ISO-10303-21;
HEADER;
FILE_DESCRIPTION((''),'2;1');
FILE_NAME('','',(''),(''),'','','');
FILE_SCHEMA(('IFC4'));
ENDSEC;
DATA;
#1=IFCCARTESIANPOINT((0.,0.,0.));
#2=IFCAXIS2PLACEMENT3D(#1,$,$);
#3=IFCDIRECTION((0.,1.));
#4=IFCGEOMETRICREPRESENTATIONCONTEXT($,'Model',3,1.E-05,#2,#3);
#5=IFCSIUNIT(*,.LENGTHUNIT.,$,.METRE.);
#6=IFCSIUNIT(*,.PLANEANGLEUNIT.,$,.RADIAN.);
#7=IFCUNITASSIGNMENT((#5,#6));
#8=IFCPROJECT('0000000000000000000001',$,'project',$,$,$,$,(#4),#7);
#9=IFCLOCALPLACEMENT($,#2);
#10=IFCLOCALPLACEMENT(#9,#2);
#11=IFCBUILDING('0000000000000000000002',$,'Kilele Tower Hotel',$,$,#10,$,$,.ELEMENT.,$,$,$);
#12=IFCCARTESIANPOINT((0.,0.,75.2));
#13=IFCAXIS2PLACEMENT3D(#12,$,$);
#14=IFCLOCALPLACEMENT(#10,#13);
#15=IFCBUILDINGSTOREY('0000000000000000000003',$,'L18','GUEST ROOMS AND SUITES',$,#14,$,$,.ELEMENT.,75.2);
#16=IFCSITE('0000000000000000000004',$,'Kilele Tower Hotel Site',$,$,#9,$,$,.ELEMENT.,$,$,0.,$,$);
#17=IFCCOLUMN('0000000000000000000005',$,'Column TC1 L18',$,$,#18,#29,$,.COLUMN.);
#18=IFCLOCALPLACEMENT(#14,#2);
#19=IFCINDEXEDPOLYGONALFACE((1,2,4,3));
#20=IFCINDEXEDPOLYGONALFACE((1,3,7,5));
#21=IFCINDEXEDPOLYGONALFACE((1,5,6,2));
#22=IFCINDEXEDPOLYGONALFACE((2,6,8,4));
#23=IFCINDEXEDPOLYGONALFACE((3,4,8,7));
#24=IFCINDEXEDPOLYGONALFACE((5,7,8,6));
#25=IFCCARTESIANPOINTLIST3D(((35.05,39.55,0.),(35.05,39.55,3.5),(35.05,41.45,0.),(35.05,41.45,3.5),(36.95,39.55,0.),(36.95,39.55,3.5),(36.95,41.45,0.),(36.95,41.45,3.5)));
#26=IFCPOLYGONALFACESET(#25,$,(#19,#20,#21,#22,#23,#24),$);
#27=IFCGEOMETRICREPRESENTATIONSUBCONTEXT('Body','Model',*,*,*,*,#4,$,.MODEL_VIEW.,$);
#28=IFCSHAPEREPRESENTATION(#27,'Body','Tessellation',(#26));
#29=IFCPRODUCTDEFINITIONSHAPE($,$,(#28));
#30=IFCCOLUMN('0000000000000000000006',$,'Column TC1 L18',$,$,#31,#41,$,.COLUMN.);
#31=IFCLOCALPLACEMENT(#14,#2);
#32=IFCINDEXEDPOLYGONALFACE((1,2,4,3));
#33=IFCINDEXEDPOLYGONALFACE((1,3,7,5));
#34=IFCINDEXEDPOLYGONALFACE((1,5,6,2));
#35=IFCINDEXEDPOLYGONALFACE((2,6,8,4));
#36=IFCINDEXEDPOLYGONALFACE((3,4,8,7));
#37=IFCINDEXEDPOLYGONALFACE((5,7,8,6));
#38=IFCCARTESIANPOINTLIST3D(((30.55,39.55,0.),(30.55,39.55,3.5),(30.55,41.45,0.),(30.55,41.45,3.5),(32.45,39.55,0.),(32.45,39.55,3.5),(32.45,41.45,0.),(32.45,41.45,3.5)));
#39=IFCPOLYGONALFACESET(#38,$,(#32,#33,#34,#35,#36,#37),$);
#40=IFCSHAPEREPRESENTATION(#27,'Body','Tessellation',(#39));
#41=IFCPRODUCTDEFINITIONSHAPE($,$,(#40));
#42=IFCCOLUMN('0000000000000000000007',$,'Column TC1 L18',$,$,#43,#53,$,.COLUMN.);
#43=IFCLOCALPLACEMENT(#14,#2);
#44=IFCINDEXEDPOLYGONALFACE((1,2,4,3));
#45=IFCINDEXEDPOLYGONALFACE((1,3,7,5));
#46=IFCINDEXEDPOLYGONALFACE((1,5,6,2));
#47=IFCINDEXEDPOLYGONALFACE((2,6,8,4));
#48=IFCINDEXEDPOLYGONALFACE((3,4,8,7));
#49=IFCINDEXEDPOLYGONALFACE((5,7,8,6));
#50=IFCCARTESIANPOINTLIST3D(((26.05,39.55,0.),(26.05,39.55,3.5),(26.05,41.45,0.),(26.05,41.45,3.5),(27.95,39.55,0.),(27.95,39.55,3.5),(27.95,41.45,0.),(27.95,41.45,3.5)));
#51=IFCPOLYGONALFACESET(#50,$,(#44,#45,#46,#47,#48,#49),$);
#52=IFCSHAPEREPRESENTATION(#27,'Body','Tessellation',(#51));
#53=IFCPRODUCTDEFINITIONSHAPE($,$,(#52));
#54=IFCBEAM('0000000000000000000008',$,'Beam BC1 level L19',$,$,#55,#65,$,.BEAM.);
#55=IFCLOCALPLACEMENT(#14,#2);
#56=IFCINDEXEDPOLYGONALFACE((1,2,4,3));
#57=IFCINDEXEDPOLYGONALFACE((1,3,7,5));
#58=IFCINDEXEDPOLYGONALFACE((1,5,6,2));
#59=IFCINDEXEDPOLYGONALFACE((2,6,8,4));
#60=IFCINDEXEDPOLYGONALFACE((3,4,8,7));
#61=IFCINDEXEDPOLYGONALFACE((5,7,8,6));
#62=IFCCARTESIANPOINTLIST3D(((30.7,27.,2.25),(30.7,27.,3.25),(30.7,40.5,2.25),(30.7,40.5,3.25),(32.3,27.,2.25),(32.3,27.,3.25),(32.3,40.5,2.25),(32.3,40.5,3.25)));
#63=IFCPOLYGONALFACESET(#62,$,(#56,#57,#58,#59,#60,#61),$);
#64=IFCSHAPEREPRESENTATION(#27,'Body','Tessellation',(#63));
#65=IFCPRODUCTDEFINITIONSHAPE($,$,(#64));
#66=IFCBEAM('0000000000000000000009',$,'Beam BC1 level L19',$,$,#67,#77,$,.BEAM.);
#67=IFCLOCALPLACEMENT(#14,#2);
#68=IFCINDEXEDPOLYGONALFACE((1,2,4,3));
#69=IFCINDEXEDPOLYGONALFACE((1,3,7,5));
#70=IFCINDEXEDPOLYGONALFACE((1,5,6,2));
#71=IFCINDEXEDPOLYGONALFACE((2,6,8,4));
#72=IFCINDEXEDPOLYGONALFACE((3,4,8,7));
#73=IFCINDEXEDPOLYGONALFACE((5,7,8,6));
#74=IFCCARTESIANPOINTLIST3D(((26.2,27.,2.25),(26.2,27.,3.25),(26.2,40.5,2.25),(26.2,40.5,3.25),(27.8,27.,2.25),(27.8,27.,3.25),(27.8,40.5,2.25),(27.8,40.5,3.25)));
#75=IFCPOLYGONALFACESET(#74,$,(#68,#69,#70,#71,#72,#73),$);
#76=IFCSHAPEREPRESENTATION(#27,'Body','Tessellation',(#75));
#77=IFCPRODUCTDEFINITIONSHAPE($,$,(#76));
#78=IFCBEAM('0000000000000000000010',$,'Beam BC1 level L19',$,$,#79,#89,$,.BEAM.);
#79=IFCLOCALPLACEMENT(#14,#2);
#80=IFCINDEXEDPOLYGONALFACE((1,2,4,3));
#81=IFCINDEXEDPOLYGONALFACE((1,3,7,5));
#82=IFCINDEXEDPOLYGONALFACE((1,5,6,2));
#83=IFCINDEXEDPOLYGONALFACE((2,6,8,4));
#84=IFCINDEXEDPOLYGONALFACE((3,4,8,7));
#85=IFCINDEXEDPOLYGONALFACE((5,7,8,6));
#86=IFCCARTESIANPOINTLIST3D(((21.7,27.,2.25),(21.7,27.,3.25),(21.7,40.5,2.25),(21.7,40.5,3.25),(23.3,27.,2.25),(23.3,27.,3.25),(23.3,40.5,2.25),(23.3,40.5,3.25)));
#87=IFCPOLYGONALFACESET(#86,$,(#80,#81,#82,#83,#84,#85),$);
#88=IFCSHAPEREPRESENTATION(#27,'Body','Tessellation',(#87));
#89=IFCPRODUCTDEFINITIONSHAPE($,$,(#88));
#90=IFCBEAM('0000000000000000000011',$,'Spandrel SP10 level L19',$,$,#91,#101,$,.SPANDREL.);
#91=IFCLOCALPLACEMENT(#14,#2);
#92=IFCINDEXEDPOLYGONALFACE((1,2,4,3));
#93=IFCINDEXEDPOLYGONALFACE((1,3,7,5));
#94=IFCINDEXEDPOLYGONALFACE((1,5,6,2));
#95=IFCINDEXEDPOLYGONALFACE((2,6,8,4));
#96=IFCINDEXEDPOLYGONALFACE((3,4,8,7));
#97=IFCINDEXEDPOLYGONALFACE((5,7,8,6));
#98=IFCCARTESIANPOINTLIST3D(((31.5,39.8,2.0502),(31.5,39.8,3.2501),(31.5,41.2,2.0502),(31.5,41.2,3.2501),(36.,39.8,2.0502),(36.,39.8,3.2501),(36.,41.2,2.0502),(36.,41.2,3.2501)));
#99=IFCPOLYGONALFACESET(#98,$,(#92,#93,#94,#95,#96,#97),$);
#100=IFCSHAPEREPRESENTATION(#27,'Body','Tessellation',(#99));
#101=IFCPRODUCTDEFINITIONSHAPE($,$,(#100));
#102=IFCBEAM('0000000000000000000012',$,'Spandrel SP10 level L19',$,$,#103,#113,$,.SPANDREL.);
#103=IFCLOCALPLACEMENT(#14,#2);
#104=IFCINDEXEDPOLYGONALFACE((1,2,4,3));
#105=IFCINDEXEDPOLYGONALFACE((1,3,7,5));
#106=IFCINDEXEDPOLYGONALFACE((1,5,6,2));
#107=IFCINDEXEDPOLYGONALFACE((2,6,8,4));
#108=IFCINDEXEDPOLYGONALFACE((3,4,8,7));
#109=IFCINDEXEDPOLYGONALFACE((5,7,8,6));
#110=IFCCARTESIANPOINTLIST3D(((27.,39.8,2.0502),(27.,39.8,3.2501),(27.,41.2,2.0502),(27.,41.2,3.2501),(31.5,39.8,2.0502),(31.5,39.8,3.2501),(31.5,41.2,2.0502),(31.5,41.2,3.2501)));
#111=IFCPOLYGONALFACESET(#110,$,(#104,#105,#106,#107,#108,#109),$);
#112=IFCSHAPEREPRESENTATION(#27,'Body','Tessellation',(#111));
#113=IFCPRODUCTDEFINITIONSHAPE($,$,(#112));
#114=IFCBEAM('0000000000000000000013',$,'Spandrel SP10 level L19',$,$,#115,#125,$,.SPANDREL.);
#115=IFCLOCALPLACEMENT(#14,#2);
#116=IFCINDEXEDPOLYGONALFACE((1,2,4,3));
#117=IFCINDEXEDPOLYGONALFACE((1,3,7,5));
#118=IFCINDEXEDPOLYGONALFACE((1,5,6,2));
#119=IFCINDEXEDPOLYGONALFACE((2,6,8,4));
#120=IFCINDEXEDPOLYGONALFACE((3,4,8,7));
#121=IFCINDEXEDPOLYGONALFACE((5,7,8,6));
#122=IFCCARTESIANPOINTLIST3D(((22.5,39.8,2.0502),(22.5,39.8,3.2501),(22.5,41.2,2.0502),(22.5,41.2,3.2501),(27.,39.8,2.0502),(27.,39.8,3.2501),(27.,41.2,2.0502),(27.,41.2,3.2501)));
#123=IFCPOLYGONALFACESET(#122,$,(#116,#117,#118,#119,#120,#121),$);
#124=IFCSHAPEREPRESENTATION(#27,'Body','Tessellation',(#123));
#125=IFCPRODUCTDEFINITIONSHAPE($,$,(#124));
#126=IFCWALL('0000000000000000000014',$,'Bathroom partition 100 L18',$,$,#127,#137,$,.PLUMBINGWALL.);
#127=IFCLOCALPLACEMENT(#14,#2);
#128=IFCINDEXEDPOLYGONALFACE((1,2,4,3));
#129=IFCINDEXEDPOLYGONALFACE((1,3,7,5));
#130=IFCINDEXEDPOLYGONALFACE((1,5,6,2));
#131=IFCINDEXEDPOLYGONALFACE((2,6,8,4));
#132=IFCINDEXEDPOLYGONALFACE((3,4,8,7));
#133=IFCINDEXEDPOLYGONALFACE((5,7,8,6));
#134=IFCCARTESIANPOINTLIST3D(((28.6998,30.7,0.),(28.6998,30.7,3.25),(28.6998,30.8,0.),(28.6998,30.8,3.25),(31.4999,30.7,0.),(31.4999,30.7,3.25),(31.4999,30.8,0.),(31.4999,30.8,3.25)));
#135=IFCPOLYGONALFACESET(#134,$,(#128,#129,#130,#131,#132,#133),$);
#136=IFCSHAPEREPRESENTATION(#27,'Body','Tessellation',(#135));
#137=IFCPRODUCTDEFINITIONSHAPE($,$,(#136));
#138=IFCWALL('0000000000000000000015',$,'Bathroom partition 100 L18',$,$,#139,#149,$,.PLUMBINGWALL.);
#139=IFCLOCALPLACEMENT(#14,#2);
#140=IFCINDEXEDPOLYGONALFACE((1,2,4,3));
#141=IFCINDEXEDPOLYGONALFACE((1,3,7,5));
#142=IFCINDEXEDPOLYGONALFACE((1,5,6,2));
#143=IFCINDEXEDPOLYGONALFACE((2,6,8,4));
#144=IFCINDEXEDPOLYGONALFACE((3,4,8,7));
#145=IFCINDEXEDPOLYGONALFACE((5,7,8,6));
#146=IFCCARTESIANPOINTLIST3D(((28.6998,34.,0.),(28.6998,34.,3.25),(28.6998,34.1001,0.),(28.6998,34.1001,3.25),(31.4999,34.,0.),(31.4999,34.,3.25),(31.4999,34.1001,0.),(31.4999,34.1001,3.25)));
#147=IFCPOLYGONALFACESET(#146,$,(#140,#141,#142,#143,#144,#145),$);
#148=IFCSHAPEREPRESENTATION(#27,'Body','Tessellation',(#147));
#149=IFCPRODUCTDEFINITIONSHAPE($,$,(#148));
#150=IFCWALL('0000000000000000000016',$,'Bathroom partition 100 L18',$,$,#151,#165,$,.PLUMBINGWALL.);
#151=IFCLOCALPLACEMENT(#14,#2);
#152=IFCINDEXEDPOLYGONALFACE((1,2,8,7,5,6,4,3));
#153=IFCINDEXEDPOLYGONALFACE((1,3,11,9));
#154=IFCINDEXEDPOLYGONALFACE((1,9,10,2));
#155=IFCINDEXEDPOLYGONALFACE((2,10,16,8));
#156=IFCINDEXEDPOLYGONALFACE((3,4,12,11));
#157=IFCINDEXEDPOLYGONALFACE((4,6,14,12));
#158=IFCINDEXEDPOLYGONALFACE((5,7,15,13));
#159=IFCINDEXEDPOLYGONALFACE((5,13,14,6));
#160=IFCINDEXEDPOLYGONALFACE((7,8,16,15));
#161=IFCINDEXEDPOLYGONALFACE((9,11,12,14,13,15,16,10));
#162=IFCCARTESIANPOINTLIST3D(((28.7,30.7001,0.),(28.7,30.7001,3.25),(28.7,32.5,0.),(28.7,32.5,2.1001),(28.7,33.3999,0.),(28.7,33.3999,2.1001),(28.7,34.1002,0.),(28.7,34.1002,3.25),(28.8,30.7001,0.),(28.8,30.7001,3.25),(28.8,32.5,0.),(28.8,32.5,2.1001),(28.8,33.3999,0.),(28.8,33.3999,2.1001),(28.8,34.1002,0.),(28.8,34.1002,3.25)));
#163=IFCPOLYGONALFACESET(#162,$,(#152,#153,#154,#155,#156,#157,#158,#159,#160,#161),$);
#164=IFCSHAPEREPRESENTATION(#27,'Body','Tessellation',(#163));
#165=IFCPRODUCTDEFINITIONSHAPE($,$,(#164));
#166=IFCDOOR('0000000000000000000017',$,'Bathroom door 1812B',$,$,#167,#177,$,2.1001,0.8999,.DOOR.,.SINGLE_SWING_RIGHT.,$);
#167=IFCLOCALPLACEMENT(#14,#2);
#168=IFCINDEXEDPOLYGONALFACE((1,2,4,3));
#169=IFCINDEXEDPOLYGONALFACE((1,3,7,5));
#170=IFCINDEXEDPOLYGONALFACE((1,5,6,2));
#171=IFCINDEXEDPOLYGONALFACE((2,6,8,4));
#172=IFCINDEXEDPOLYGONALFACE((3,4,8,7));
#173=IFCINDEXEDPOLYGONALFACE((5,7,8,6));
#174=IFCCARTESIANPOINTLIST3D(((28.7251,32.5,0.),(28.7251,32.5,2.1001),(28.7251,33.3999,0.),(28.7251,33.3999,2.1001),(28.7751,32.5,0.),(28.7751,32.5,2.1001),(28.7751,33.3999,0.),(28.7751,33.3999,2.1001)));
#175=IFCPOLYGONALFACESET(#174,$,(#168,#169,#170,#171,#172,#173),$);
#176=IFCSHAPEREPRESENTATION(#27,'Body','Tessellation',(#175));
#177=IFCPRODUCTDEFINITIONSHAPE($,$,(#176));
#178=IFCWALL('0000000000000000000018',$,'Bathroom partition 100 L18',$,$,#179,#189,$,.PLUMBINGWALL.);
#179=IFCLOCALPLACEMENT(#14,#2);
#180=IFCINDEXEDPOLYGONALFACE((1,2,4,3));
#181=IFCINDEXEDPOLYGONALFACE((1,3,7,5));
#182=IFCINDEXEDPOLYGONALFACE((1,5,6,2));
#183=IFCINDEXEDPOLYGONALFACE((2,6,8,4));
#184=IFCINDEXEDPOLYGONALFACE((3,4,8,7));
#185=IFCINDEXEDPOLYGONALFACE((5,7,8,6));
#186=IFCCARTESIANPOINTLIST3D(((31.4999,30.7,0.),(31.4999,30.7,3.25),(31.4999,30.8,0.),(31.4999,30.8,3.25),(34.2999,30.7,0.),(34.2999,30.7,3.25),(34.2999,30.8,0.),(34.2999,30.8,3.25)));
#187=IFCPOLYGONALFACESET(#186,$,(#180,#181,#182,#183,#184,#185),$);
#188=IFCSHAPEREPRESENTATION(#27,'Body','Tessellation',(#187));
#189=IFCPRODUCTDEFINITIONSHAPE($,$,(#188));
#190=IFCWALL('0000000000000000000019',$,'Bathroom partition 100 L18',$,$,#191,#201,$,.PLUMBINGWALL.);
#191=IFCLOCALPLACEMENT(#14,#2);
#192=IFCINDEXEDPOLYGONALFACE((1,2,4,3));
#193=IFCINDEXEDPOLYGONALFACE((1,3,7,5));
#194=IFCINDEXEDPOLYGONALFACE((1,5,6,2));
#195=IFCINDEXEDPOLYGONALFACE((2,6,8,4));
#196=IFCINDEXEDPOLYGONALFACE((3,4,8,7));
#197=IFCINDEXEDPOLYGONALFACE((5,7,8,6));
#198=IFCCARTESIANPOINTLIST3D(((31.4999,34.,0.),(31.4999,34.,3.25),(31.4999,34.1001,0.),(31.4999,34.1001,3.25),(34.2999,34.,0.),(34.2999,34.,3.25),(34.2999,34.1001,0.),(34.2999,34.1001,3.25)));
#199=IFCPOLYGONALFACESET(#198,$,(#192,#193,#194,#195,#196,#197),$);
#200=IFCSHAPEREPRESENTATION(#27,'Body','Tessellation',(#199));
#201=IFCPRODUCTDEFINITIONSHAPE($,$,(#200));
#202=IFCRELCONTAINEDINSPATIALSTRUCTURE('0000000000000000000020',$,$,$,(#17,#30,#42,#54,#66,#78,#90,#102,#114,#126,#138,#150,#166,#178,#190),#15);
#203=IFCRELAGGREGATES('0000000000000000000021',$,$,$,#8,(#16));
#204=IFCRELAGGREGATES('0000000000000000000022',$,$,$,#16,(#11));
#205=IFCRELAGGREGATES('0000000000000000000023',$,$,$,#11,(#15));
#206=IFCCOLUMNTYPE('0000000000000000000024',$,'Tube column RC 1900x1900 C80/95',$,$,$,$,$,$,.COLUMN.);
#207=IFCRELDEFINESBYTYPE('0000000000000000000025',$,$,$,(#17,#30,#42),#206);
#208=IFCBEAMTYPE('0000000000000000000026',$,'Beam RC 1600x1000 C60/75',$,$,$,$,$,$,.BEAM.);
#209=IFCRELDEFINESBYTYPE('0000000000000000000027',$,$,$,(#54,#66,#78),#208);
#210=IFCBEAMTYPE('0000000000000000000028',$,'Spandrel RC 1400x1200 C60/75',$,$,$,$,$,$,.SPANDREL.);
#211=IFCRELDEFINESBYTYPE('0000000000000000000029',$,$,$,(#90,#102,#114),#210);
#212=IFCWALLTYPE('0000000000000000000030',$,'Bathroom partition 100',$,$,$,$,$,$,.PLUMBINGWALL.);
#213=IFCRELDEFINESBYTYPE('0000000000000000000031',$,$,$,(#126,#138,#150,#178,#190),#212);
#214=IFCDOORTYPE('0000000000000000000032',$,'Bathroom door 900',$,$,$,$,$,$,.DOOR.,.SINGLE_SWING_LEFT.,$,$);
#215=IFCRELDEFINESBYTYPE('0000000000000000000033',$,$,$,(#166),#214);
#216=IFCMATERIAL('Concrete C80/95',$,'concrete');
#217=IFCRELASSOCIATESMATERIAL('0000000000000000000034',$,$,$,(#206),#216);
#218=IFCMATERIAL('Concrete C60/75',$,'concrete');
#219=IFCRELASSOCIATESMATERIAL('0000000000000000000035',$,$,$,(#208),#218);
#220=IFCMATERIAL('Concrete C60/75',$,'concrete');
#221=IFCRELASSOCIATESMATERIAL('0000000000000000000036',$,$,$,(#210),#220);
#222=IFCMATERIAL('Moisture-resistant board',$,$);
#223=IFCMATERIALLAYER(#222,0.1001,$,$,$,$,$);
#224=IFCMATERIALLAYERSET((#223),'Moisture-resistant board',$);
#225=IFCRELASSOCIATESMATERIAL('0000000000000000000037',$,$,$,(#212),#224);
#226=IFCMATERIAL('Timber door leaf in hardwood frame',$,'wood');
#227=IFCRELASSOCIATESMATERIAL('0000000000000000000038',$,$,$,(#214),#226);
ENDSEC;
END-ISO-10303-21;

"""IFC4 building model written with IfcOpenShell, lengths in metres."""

from ifc_helpers import new_model, si_unit, direction, frame, frame_2d, origin, origin_2d, place, context, subcontext, project, spatial, rectangle, extrude, material, layer, layer_set, material_profile, profile_set, type_object, element, fill, save


model = new_model("IFC4")

# Units and contexts
model_context = context("Model", 3, precision=1e-05, world=origin(), true_north=direction((0.0, 1.0)))
body_context = subcontext(model_context, "Body", "Model", "MODEL_VIEW")
ifc_project = project(units=[si_unit("LENGTHUNIT", "METRE"), si_unit("PLANEANGLEUNIT", "RADIAN")], contexts=[model_context])

# Site, building, storey
site_placement = place(None, origin())
site = spatial("IfcSite", under=ifc_project, at=site_placement, Name="Kilele Tower Hotel Site", CompositionType="ELEMENT", RefElevation=0.0)
building_placement = place(site_placement, origin())
building = spatial("IfcBuilding", under=site, at=building_placement, Name="Kilele Tower Hotel", CompositionType="ELEMENT")
storey_placement = place(building_placement, frame((0.0, 0.0, 75.2)))
storey = spatial("IfcBuildingStorey", under=building, at=storey_placement, Name="L18", Description="GUEST ROOMS AND SUITES", CompositionType="ELEMENT", Elevation=75.2)

# Columns
ifc_material_1 = material(Name="Concrete C80/95", Category="concrete")
ifc_material_profile_1 = material_profile(ifc_material_1, rectangle(XDim=1.8999, YDim=1.8999, at=origin_2d()))
ifc_profile_set_1 = profile_set([ifc_material_profile_1], Name="Concrete C80/95")
column_type = type_object("IfcColumnType", Name="Tube column RC 1900x1900 C80/95", PredefinedType="COLUMN", material=ifc_profile_set_1)
for number, where, z_axis, x_axis, name in (
    (1, (36.0, 40.5, 0.0), (0.0, 0.0, 1.0), (1.0, 0.0, 0.0), "Column TC1 L18"),
    (2, (31.5, 40.5, 0.0), (0.0, 0.0, 1.0), (1.0, 0.0, 0.0), "Column TC1 L18"),
    (3, (27.0, 40.5, 0.0), (0.0, 0.0, 1.0), (1.0, 0.0, 0.0), "Column TC1 L18"),
):
    element("IfcColumn", number, at=place(storey_placement, frame(where, z_axis=z_axis, x_axis=x_axis)), inside=storey, type_object=column_type, Name=name, PredefinedType="COLUMN", context=body_context, shape_type="SweptSolid", body=[
        extrude(rectangle(XDim=1.8999, YDim=1.8999, at=origin_2d()), origin(), (0.0, 0.0, 1.0), 3.5),
    ])

# Beams
ifc_material_2 = material(Name="Concrete C60/75", Category="concrete")
ifc_material_profile_2 = material_profile(ifc_material_2, rectangle(XDim=1.6001, YDim=1.0, at=origin_2d()))
ifc_profile_set_2 = profile_set([ifc_material_profile_2], Name="Concrete C60/75")
beam_type_1 = type_object("IfcBeamType", Name="Beam RC 1600x1000 C60/75", PredefinedType="BEAM", material=ifc_profile_set_2)
for number, where, z_axis, x_axis, name in (
    (4, (31.5, 40.5, 2.75), (0.0, -1.0, 0.0), (1.0, 0.0, 0.0), "Beam BC1 level L19"),
    (5, (27.0, 40.5, 2.75), (0.0, -1.0, 0.0), (1.0, 0.0, 0.0), "Beam BC1 level L19"),
    (6, (22.5, 40.5, 2.75), (0.0, -1.0, 0.0), (1.0, 0.0, 0.0), "Beam BC1 level L19"),
):
    element("IfcBeam", number, at=place(storey_placement, frame(where, z_axis=z_axis, x_axis=x_axis)), inside=storey, type_object=beam_type_1, Name=name, PredefinedType="BEAM", context=body_context, shape_type="SweptSolid", body=[
        extrude(rectangle(XDim=1.6001, YDim=1.0, at=origin_2d()), origin(), (0.0, 0.0, 1.0), 13.5),
    ])
ifc_material_3 = material(Name="Concrete C60/75", Category="concrete")
ifc_material_profile_3 = material_profile(ifc_material_3, rectangle(XDim=1.3999, YDim=1.2, at=origin_2d()))
ifc_profile_set_3 = profile_set([ifc_material_profile_3], Name="Concrete C60/75")
beam_type_2 = type_object("IfcBeamType", Name="Spandrel RC 1400x1200 C60/75", PredefinedType="SPANDREL", material=ifc_profile_set_3)
for number, where, z_axis, x_axis, name in (
    (7, (36.0, 40.5, 2.6501), (-1.0, 0.0, 0.0), (0.0, -1.0, 0.0), "Spandrel SP10 level L19"),
    (8, (31.5, 40.5, 2.6501), (-1.0, 0.0, 0.0), (0.0, -1.0, 0.0), "Spandrel SP10 level L19"),
    (9, (27.0, 40.5, 2.6501), (-1.0, 0.0, 0.0), (0.0, -1.0, 0.0), "Spandrel SP10 level L19"),
):
    element("IfcBeam", number, at=place(storey_placement, frame(where, z_axis=z_axis, x_axis=x_axis)), inside=storey, type_object=beam_type_2, Name=name, PredefinedType="SPANDREL", context=body_context, shape_type="SweptSolid", body=[
        extrude(rectangle(XDim=1.3999, YDim=1.2, at=origin_2d()), origin(), (0.0, 0.0, 1.0), 4.5),
    ])

# Walls
ifc_material_4 = material(Name="Moisture-resistant board")
ifc_layer_1 = layer(ifc_material_4, 0.1001)
ifc_layer_set_1 = layer_set([ifc_layer_1], Name="Moisture-resistant board")
wall_type_1 = type_object("IfcWallType", Name="Bathroom partition 100", PredefinedType="PLUMBINGWALL", material=ifc_layer_set_1)
for number, where, z_axis, x_axis, name in (
    (10, (28.7, 30.75, 0.0), (0.0, 0.0, 1.0), (1.0, 0.0, 0.0), "Bathroom partition 100 L18"),
    (11, (28.7, 34.05, 0.0), (0.0, 0.0, 1.0), (1.0, 0.0, 0.0), "Bathroom partition 100 L18"),
):
    element("IfcWall", number, at=place(storey_placement, frame(where, z_axis=z_axis, x_axis=x_axis)), inside=storey, type_object=wall_type_1, Name=name, PredefinedType="PLUMBINGWALL", context=body_context, shape_type="SweptSolid", body=[
        extrude(rectangle(XDim=2.8, YDim=0.1001, at=frame_2d((1.3999, 0.0))), origin(), (0.0, 0.0, 1.0), 3.25),
    ])

# Wall, opening, door
wall_1_placement = place(storey_placement, frame((28.75, 30.7, 0.0), z_axis=(0.0, 0.0, 1.0), x_axis=(0.0, 1.0, 0.0)))
wall_1 = element("IfcWall", 12, at=wall_1_placement, inside=storey, type_object=wall_type_1, Name="Bathroom partition 100 L18", PredefinedType="PLUMBINGWALL", context=body_context, shape_type="SweptSolid", body=[
    extrude(rectangle(XDim=3.4001, YDim=0.1001, at=frame_2d((1.7002, 0.0))), origin(), (0.0, 0.0, 1.0), 3.25),
])
opening_1_placement = place(wall_1_placement, frame((1.8, 0.0, 0.0)))
opening_1 = element("IfcOpeningElement", 13, at=opening_1_placement, cuts=wall_1, PredefinedType="OPENING", context=body_context, shape_type="SweptSolid", body=[
    extrude(rectangle(XDim=0.8999, YDim=2.1001, at=frame_2d((0.45, 1.05))), frame((0.0, 0.0601, 0.0), z_axis=(0.0, -1.0, 0.0), x_axis=(1.0, 0.0, 0.0)), (0.0, 0.0, 1.0), 0.1201),
])
ifc_material_5 = material(Name="Timber door leaf in hardwood frame", Category="wood")
door_type_1 = type_object("IfcDoorType", Name="Bathroom door 900", OperationType="SINGLE_SWING_LEFT", PredefinedType="DOOR", material=ifc_material_5)
door_1_placement = place(opening_1_placement, origin())
door_1 = element("IfcDoor", 14, at=door_1_placement, inside=storey, type_object=door_type_1, Name="Bathroom door 1812B", OperationType="SINGLE_SWING_RIGHT", OverallHeight=2.1001, OverallWidth=0.8999, PredefinedType="DOOR", context=body_context, shape_type="SweptSolid", body=[
    extrude(rectangle(XDim=0.8999, YDim=2.1001, at=frame_2d((0.45, 1.05))), frame((0.0, 0.0249, 0.0), z_axis=(0.0, -1.0, 0.0), x_axis=(1.0, 0.0, 0.0)), (0.0, 0.0, 1.0), 0.05),
])
fill(opening_1, door_1)

# Walls
for number, where, z_axis, x_axis, name in (
    (15, (31.5, 30.75, 0.0), (0.0, 0.0, 1.0), (1.0, 0.0, 0.0), "Bathroom partition 100 L18"),
    (16, (31.5, 34.05, 0.0), (0.0, 0.0, 1.0), (1.0, 0.0, 0.0), "Bathroom partition 100 L18"),
):
    element("IfcWall", number, at=place(storey_placement, frame(where, z_axis=z_axis, x_axis=x_axis)), inside=storey, type_object=wall_type_1, Name=name, PredefinedType="PLUMBINGWALL", context=body_context, shape_type="SweptSolid", body=[
        extrude(rectangle(XDim=2.8, YDim=0.1001, at=frame_2d((1.3999, 0.0))), origin(), (0.0, 0.0, 1.0), 3.25),
    ])

save(model, "model.ifc")
